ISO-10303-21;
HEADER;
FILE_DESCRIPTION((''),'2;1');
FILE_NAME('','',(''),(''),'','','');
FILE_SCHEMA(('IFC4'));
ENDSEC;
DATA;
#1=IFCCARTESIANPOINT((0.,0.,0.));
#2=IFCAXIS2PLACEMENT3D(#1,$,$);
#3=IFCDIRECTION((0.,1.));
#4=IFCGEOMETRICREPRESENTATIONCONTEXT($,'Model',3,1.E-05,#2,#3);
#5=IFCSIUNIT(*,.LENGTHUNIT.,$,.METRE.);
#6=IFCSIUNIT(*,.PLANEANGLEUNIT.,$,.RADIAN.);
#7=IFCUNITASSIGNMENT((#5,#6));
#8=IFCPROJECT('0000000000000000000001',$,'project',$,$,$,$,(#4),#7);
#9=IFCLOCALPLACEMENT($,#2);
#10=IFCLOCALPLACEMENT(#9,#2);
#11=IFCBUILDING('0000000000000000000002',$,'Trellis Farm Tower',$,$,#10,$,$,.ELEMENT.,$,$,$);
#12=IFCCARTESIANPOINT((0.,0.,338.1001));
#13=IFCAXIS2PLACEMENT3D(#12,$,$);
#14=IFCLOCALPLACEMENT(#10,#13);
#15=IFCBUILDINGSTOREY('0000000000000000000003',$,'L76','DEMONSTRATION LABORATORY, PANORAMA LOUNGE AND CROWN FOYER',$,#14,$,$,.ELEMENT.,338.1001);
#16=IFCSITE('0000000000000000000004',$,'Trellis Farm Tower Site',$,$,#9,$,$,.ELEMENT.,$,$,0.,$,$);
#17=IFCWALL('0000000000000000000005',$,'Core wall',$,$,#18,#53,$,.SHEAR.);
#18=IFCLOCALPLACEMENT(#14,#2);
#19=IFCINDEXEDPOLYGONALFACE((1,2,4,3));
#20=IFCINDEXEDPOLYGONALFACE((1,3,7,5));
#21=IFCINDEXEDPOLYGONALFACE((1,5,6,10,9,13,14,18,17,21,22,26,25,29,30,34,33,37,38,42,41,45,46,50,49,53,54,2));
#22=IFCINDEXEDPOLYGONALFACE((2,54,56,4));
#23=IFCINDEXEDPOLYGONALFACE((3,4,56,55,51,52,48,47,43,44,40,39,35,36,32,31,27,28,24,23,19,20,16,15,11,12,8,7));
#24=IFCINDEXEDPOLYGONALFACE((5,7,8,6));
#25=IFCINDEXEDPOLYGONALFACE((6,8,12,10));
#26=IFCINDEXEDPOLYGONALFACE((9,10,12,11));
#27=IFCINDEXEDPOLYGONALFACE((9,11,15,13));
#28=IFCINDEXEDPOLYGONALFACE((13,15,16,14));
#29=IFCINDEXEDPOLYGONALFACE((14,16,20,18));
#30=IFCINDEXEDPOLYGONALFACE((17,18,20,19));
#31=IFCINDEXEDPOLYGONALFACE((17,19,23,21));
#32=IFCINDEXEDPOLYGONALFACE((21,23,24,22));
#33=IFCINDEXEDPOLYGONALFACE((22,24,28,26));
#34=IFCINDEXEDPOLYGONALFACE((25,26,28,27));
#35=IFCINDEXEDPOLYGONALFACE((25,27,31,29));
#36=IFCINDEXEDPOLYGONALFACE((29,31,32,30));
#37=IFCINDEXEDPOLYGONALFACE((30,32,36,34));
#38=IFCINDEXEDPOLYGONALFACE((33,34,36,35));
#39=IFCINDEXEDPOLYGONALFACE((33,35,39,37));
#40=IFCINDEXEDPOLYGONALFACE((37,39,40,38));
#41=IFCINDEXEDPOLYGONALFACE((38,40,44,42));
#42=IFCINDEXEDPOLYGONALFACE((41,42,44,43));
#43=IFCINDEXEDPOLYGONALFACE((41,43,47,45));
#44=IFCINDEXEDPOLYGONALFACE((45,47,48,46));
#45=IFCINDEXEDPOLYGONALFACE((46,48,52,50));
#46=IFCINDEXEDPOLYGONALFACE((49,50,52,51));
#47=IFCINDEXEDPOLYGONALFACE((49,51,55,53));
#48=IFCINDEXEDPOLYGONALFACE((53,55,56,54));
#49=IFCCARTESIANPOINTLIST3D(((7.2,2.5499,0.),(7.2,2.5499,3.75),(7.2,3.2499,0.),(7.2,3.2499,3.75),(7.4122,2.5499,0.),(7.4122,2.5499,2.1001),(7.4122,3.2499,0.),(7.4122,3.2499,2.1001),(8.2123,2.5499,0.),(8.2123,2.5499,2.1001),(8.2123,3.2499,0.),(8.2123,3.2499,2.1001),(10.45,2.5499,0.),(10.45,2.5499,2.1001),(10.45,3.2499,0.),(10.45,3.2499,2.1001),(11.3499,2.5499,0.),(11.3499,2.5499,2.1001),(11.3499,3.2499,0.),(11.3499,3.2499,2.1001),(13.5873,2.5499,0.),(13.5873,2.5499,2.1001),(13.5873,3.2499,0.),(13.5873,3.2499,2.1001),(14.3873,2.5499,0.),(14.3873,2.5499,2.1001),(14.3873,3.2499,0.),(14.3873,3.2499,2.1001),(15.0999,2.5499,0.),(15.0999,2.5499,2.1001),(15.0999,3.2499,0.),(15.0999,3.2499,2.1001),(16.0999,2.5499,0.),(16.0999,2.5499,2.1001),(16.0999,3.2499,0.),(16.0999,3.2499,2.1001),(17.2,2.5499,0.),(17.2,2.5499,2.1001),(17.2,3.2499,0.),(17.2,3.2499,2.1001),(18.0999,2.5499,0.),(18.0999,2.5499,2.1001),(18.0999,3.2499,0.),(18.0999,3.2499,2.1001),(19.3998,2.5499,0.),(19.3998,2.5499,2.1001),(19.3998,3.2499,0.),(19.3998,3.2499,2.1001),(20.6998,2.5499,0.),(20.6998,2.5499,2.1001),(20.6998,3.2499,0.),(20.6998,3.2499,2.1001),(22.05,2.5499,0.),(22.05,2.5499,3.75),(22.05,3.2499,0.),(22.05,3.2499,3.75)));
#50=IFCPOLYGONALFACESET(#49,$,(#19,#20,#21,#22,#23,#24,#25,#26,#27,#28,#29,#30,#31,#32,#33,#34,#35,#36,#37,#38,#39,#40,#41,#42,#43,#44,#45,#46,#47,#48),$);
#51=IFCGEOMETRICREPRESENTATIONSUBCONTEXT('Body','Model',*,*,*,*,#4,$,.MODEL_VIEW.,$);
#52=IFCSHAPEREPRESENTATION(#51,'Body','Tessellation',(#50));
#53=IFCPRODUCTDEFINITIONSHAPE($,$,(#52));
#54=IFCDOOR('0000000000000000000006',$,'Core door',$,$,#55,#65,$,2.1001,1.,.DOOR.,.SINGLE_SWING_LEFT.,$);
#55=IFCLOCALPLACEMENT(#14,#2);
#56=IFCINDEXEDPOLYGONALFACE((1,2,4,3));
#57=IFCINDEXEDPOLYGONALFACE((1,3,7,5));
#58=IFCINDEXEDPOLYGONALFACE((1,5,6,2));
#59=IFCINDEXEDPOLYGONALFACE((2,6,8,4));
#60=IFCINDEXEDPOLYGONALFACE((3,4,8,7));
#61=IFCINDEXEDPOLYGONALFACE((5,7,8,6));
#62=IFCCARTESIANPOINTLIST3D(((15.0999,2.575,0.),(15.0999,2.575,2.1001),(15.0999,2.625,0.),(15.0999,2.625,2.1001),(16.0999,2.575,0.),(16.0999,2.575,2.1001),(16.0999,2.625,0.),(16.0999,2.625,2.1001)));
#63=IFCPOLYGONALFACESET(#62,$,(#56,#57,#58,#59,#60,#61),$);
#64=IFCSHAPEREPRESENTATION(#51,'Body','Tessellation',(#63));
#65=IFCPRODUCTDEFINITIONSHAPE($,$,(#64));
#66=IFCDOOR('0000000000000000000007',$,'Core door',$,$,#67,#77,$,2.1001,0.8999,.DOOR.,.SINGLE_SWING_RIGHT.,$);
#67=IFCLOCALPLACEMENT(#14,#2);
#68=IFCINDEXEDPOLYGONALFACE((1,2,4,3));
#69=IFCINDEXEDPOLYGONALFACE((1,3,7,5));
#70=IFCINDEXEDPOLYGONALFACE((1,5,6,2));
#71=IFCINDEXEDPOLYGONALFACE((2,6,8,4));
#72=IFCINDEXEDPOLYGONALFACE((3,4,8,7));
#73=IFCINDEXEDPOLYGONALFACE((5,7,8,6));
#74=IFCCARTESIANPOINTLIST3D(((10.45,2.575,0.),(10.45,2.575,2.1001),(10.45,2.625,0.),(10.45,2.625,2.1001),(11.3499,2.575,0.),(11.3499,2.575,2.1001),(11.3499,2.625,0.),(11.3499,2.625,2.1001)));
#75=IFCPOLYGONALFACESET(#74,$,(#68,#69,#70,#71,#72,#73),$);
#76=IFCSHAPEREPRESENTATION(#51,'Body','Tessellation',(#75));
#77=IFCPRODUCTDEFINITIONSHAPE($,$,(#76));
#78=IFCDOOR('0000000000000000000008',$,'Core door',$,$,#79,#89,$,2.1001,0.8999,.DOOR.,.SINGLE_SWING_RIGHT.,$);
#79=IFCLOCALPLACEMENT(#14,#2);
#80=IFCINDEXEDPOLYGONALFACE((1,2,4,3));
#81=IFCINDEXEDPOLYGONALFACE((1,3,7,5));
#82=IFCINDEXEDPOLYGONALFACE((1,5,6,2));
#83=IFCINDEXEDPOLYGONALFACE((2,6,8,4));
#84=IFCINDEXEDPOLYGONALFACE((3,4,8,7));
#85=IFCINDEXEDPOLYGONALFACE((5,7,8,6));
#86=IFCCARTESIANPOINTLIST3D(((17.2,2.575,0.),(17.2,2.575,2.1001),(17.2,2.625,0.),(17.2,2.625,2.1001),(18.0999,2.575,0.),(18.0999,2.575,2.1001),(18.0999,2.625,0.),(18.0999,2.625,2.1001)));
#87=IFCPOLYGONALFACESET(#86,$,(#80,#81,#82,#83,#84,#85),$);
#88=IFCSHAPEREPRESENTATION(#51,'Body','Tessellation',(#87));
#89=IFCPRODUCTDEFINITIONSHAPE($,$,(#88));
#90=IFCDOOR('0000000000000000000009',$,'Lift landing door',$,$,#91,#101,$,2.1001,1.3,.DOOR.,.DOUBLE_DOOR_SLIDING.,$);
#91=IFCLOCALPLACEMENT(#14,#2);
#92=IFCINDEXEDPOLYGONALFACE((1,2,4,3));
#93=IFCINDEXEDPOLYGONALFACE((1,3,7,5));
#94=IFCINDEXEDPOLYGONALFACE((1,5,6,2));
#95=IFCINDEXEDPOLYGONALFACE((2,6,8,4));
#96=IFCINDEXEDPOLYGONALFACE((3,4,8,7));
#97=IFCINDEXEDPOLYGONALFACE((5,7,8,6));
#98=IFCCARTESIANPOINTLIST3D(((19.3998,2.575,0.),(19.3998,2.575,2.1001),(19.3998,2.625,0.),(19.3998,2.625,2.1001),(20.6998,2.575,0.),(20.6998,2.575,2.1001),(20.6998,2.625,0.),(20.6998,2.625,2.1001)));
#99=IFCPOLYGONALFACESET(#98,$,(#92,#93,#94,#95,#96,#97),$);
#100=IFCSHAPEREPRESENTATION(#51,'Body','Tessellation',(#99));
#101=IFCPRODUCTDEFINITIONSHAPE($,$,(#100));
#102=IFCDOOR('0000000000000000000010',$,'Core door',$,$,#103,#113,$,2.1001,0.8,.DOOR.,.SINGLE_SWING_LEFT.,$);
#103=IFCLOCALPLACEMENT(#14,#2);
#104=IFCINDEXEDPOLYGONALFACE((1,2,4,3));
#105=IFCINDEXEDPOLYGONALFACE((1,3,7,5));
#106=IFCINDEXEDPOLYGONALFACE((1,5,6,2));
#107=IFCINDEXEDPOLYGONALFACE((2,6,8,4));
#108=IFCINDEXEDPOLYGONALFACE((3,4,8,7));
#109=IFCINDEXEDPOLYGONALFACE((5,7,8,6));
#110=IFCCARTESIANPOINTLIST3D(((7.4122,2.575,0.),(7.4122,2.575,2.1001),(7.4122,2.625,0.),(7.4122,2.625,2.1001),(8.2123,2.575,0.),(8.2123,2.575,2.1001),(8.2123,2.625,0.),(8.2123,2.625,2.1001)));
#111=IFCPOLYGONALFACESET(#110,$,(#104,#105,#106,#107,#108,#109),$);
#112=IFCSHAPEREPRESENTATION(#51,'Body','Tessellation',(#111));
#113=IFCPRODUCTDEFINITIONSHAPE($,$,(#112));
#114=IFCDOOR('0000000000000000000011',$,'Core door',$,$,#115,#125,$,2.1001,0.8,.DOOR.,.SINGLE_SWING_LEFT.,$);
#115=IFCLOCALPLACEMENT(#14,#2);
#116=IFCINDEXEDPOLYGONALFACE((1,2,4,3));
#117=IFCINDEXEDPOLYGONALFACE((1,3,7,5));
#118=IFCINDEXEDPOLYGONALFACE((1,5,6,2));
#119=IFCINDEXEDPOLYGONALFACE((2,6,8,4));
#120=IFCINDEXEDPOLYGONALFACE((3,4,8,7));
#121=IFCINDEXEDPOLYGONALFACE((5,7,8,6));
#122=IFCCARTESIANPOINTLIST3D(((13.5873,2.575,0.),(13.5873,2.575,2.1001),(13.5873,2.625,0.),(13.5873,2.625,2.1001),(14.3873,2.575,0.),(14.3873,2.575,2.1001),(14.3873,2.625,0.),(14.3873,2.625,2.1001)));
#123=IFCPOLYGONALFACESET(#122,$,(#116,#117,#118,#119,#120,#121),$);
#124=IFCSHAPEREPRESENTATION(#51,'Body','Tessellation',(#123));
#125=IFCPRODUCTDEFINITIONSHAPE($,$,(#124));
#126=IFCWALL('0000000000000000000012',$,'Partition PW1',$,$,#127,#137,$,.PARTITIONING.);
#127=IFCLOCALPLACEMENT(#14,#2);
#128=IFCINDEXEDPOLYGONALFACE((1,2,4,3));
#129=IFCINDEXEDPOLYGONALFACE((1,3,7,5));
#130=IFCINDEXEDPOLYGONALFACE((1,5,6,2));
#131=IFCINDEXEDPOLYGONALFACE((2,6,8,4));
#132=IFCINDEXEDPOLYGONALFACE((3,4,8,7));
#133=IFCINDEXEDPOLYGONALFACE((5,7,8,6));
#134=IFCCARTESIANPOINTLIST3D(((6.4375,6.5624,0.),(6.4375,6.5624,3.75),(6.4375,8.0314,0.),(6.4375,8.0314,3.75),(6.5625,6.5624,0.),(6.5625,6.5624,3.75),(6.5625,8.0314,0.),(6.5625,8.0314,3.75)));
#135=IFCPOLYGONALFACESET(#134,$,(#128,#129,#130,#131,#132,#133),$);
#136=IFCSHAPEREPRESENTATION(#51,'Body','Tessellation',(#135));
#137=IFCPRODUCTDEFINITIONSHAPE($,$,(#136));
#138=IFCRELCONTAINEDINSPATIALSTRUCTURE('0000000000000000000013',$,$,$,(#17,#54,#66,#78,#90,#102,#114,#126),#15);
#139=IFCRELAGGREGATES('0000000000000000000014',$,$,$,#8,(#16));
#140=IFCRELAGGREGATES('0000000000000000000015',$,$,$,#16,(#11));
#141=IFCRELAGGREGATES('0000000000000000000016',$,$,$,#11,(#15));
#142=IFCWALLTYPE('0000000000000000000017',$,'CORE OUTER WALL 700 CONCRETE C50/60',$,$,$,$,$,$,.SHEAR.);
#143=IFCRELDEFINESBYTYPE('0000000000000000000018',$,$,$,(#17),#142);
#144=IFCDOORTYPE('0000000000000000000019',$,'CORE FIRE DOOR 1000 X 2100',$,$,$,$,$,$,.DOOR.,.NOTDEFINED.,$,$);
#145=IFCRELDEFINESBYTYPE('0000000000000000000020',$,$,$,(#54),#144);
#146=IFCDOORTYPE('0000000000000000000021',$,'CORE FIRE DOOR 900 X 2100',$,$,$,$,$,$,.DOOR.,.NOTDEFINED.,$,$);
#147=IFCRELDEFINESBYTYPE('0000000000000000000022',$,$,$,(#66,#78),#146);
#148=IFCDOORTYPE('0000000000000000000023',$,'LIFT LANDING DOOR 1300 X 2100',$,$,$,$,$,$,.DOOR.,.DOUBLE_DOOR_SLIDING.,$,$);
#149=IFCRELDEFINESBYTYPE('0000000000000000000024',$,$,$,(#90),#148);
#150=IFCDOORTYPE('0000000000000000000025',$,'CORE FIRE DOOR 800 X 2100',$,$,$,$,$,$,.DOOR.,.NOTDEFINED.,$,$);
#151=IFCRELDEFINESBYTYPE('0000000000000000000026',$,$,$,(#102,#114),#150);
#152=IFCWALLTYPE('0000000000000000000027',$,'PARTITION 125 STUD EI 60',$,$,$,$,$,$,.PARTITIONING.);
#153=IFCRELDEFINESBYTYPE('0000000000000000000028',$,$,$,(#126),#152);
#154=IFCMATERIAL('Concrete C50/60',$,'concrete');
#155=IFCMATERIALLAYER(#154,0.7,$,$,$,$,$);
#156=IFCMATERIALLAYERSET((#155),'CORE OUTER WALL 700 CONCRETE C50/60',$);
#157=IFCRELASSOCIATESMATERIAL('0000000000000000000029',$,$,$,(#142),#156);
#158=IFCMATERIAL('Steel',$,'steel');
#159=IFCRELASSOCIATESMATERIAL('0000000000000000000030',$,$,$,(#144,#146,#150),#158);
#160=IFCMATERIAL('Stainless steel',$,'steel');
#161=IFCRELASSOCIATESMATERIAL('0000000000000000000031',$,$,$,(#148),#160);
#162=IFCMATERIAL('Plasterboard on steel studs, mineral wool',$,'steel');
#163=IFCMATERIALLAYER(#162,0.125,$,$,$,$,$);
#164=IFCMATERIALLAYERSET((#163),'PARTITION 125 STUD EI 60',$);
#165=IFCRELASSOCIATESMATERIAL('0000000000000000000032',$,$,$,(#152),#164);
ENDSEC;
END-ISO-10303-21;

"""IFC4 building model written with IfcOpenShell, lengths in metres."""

from ifc_helpers import new_model, si_unit, direction, frame, frame_2d, origin, place, context, subcontext, project, spatial, rectangle, extrude, source, transform, mapped, material, layer, layer_set, type_object, element, fill, save


model = new_model("IFC4")

# Units and contexts
model_context = context("Model", 3, precision=1e-05, world=origin(), true_north=direction((0.0, 1.0)))
body_context = subcontext(model_context, "Body", "Model", "MODEL_VIEW")
ifc_project = project(units=[si_unit("LENGTHUNIT", "METRE"), si_unit("PLANEANGLEUNIT", "RADIAN")], contexts=[model_context])

# Site, building, storey
site_placement = place(None, origin())
site = spatial("IfcSite", under=ifc_project, at=site_placement, Name="Trellis Farm Tower Site", CompositionType="ELEMENT", RefElevation=0.0)
building_placement = place(site_placement, origin())
building = spatial("IfcBuilding", under=site, at=building_placement, Name="Trellis Farm Tower", CompositionType="ELEMENT")
storey_placement = place(building_placement, frame((0.0, 0.0, 338.1001)))
storey = spatial("IfcBuildingStorey", under=building, at=storey_placement, Name="L76", Description="DEMONSTRATION LABORATORY, PANORAMA LOUNGE AND CROWN FOYER", CompositionType="ELEMENT", Elevation=338.1001)

# Shared definitions
ifc_material_1 = material(Name="Concrete C50/60", Category="concrete")

# Wall, openings, doors
ifc_layer_1 = layer(ifc_material_1, 0.7)
ifc_layer_set_1 = layer_set([ifc_layer_1], Name="CORE OUTER WALL 700 CONCRETE C50/60")
wall_type_1 = type_object("IfcWallType", Name="CORE OUTER WALL 700 CONCRETE C50/60", PredefinedType="SHEAR", material=ifc_layer_set_1)
shared_shape_1 = source(origin(), body_context, "Body", "SweptSolid", [
    extrude(rectangle(XDim=14.8501, YDim=0.7, at=frame_2d((7.425, 0.0))), origin(), (0.0, 0.0, 1.0), 3.75),
])
wall_1_placement = place(storey_placement, frame((7.2, 2.8999, 0.0), z_axis=(0.0, 0.0, 1.0), x_axis=(1.0, 0.0, 0.0)))
wall_1 = element("IfcWall", 1, at=wall_1_placement, inside=storey, type_object=wall_type_1, Name="Core wall", PredefinedType="SHEAR", context=body_context, shape_type="MappedRepresentation", body=[
    mapped(shared_shape_1, transform((0.0, 0.0, 0.0))),
])
shared_shape_2 = source(origin(), body_context, "Body", "SweptSolid", [
    extrude(rectangle(XDim=1.3, YDim=2.1001, at=frame_2d((0.6499, 1.05))), frame((0.0, 0.3601, 0.0), z_axis=(0.0, -1.0, 0.0), x_axis=(1.0, 0.0, 0.0)), (0.0, 0.0, 1.0), 0.7202),
])
opening_1_placement = place(wall_1_placement, frame((12.2, 0.0, 0.0)))
opening_1 = element("IfcOpeningElement", 2, at=opening_1_placement, cuts=wall_1, PredefinedType="OPENING", context=body_context, shape_type="MappedRepresentation", body=[
    mapped(shared_shape_2, transform((0.0, 0.0, 0.0))),
])
shared_shape_3 = source(origin(), body_context, "Body", "SweptSolid", [
    extrude(rectangle(XDim=1.0, YDim=2.1001, at=frame_2d((0.5, 1.05))), frame((0.0, 0.3601, 0.0), z_axis=(0.0, -1.0, 0.0), x_axis=(1.0, 0.0, 0.0)), (0.0, 0.0, 1.0), 0.7202),
])
opening_2_placement = place(wall_1_placement, frame((7.8999, 0.0, 0.0)))
opening_2 = element("IfcOpeningElement", 3, at=opening_2_placement, cuts=wall_1, PredefinedType="OPENING", context=body_context, shape_type="MappedRepresentation", body=[
    mapped(shared_shape_3, transform((0.0, 0.0, 0.0))),
])
shared_shape_4 = source(origin(), body_context, "Body", "SweptSolid", [
    extrude(rectangle(XDim=0.8, YDim=2.1001, at=frame_2d((0.3999, 1.05))), frame((0.0, 0.3601, 0.0), z_axis=(0.0, -1.0, 0.0), x_axis=(1.0, 0.0, 0.0)), (0.0, 0.0, 1.0), 0.7202),
])
opening_3_placement = place(wall_1_placement, frame((0.2124, 0.0, 0.0)))
opening_3 = element("IfcOpeningElement", 4, at=opening_3_placement, cuts=wall_1, PredefinedType="OPENING", context=body_context, shape_type="MappedRepresentation", body=[
    mapped(shared_shape_4, transform((0.0, 0.0, 0.0))),
])
shared_shape_5 = source(origin(), body_context, "Body", "SweptSolid", [
    extrude(rectangle(XDim=0.8999, YDim=2.1001, at=frame_2d((0.45, 1.05))), frame((0.0, 0.3601, 0.0), z_axis=(0.0, -1.0, 0.0), x_axis=(1.0, 0.0, 0.0)), (0.0, 0.0, 1.0), 0.7202),
])
opening_4_placement = place(wall_1_placement, frame((3.25, 0.0, 0.0)))
opening_4 = element("IfcOpeningElement", 5, at=opening_4_placement, cuts=wall_1, PredefinedType="OPENING", context=body_context, shape_type="MappedRepresentation", body=[
    mapped(shared_shape_5, transform((0.0, 0.0, 0.0))),
])
opening_5_placement = place(wall_1_placement, frame((6.3875, 0.0, 0.0)))
opening_5 = element("IfcOpeningElement", 6, at=opening_5_placement, cuts=wall_1, PredefinedType="OPENING", context=body_context, shape_type="MappedRepresentation", body=[
    mapped(shared_shape_4, transform((0.0, 0.0, 0.0))),
])
opening_6_placement = place(wall_1_placement, frame((10.0, 0.0, 0.0)))
opening_6 = element("IfcOpeningElement", 7, at=opening_6_placement, cuts=wall_1, PredefinedType="OPENING", context=body_context, shape_type="MappedRepresentation", body=[
    mapped(shared_shape_5, transform((0.0, 0.0, 0.0))),
])
ifc_material_2 = material(Name="Steel", Category="steel")
door_type_1 = type_object("IfcDoorType", Name="CORE FIRE DOOR 1000 X 2100", OperationType="NOTDEFINED", PredefinedType="DOOR", material=ifc_material_2)
shared_shape_6 = source(origin(), body_context, "Body", "SweptSolid", [
    extrude(rectangle(XDim=1.0, YDim=2.1001, at=frame_2d((0.5, 1.05))), frame((0.0, -0.2749, 0.0), z_axis=(0.0, -1.0, 0.0), x_axis=(1.0, 0.0, 0.0)), (0.0, 0.0, 1.0), 0.05),
])
door_1_placement = place(opening_2_placement, origin())
door_1 = element("IfcDoor", 8, at=door_1_placement, inside=storey, type_object=door_type_1, Name="Core door", OperationType="SINGLE_SWING_LEFT", OverallHeight=2.1001, OverallWidth=1.0, PredefinedType="DOOR", context=body_context, shape_type="MappedRepresentation", body=[
    mapped(shared_shape_6, transform((0.0, 0.0, 0.0))),
])
fill(opening_2, door_1)
door_type_2 = type_object("IfcDoorType", Name="CORE FIRE DOOR 900 X 2100", OperationType="NOTDEFINED", PredefinedType="DOOR", material=ifc_material_2)
shared_shape_7 = source(origin(), body_context, "Body", "SweptSolid", [
    extrude(rectangle(XDim=0.8999, YDim=2.1001, at=frame_2d((0.45, 1.05))), frame((0.0, -0.2749, 0.0), z_axis=(0.0, -1.0, 0.0), x_axis=(1.0, 0.0, 0.0)), (0.0, 0.0, 1.0), 0.05),
])
door_2_placement = place(opening_4_placement, origin())
door_2 = element("IfcDoor", 9, at=door_2_placement, inside=storey, type_object=door_type_2, Name="Core door", OperationType="SINGLE_SWING_RIGHT", OverallHeight=2.1001, OverallWidth=0.8999, PredefinedType="DOOR", context=body_context, shape_type="MappedRepresentation", body=[
    mapped(shared_shape_7, transform((0.0, 0.0, 0.0))),
])
fill(opening_4, door_2)
door_3_placement = place(opening_6_placement, origin())
door_3 = element("IfcDoor", 10, at=door_3_placement, inside=storey, type_object=door_type_2, Name="Core door", OperationType="SINGLE_SWING_RIGHT", OverallHeight=2.1001, OverallWidth=0.8999, PredefinedType="DOOR", context=body_context, shape_type="MappedRepresentation", body=[
    mapped(shared_shape_7, transform((0.0, 0.0, 0.0))),
])
fill(opening_6, door_3)
ifc_material_3 = material(Name="Stainless steel", Category="steel")
door_type_3 = type_object("IfcDoorType", Name="LIFT LANDING DOOR 1300 X 2100", OperationType="DOUBLE_DOOR_SLIDING", PredefinedType="DOOR", material=ifc_material_3)
shared_shape_8 = source(origin(), body_context, "Body", "SweptSolid", [
    extrude(rectangle(XDim=1.3, YDim=2.1001, at=frame_2d((0.6499, 1.05))), frame((0.0, -0.2749, 0.0), z_axis=(0.0, -1.0, 0.0), x_axis=(1.0, 0.0, 0.0)), (0.0, 0.0, 1.0), 0.05),
])
door_4_placement = place(opening_1_placement, origin())
door_4 = element("IfcDoor", 11, at=door_4_placement, inside=storey, type_object=door_type_3, Name="Lift landing door", OperationType="DOUBLE_DOOR_SLIDING", OverallHeight=2.1001, OverallWidth=1.3, PredefinedType="DOOR", context=body_context, shape_type="MappedRepresentation", body=[
    mapped(shared_shape_8, transform((0.0, 0.0, 0.0))),
])
fill(opening_1, door_4)
door_type_4 = type_object("IfcDoorType", Name="CORE FIRE DOOR 800 X 2100", OperationType="NOTDEFINED", PredefinedType="DOOR", material=ifc_material_2)
shared_shape_9 = source(origin(), body_context, "Body", "SweptSolid", [
    extrude(rectangle(XDim=0.8, YDim=2.1001, at=frame_2d((0.3999, 1.05))), frame((0.0, -0.2749, 0.0), z_axis=(0.0, -1.0, 0.0), x_axis=(1.0, 0.0, 0.0)), (0.0, 0.0, 1.0), 0.05),
])
door_5_placement = place(opening_3_placement, origin())
door_5 = element("IfcDoor", 12, at=door_5_placement, inside=storey, type_object=door_type_4, Name="Core door", OperationType="SINGLE_SWING_LEFT", OverallHeight=2.1001, OverallWidth=0.8, PredefinedType="DOOR", context=body_context, shape_type="MappedRepresentation", body=[
    mapped(shared_shape_9, transform((0.0, 0.0, 0.0))),
])
fill(opening_3, door_5)
door_6_placement = place(opening_5_placement, origin())
door_6 = element("IfcDoor", 13, at=door_6_placement, inside=storey, type_object=door_type_4, Name="Core door", OperationType="SINGLE_SWING_LEFT", OverallHeight=2.1001, OverallWidth=0.8, PredefinedType="DOOR", context=body_context, shape_type="MappedRepresentation", body=[
    mapped(shared_shape_9, transform((0.0, 0.0, 0.0))),
])
fill(opening_5, door_6)

# Wall
ifc_material_4 = material(Name="Plasterboard on steel studs, mineral wool", Category="steel")
ifc_layer_2 = layer(ifc_material_4, 0.125)
ifc_layer_set_2 = layer_set([ifc_layer_2], Name="PARTITION 125 STUD EI 60")
wall_type_2 = type_object("IfcWallType", Name="PARTITION 125 STUD EI 60", PredefinedType="PARTITIONING", material=ifc_layer_set_2)
shared_shape_10 = source(origin(), body_context, "Body", "SweptSolid", [
    extrude(rectangle(XDim=1.469, YDim=0.125, at=frame_2d((0.7344, 0.0))), origin(), (0.0, 0.0, 1.0), 3.75),
])
wall_2_placement = place(storey_placement, frame((6.5, 6.5625, 0.0), z_axis=(0.0, 0.0, 1.0), x_axis=(0.0, 1.0, 0.0)))
element("IfcWall", 14, at=wall_2_placement, inside=storey, type_object=wall_type_2, Name="Partition PW1", PredefinedType="PARTITIONING", context=body_context, shape_type="MappedRepresentation", body=[
    mapped(shared_shape_10, transform((0.0, 0.0, 0.0))),
])

save(model, "model.ifc")
